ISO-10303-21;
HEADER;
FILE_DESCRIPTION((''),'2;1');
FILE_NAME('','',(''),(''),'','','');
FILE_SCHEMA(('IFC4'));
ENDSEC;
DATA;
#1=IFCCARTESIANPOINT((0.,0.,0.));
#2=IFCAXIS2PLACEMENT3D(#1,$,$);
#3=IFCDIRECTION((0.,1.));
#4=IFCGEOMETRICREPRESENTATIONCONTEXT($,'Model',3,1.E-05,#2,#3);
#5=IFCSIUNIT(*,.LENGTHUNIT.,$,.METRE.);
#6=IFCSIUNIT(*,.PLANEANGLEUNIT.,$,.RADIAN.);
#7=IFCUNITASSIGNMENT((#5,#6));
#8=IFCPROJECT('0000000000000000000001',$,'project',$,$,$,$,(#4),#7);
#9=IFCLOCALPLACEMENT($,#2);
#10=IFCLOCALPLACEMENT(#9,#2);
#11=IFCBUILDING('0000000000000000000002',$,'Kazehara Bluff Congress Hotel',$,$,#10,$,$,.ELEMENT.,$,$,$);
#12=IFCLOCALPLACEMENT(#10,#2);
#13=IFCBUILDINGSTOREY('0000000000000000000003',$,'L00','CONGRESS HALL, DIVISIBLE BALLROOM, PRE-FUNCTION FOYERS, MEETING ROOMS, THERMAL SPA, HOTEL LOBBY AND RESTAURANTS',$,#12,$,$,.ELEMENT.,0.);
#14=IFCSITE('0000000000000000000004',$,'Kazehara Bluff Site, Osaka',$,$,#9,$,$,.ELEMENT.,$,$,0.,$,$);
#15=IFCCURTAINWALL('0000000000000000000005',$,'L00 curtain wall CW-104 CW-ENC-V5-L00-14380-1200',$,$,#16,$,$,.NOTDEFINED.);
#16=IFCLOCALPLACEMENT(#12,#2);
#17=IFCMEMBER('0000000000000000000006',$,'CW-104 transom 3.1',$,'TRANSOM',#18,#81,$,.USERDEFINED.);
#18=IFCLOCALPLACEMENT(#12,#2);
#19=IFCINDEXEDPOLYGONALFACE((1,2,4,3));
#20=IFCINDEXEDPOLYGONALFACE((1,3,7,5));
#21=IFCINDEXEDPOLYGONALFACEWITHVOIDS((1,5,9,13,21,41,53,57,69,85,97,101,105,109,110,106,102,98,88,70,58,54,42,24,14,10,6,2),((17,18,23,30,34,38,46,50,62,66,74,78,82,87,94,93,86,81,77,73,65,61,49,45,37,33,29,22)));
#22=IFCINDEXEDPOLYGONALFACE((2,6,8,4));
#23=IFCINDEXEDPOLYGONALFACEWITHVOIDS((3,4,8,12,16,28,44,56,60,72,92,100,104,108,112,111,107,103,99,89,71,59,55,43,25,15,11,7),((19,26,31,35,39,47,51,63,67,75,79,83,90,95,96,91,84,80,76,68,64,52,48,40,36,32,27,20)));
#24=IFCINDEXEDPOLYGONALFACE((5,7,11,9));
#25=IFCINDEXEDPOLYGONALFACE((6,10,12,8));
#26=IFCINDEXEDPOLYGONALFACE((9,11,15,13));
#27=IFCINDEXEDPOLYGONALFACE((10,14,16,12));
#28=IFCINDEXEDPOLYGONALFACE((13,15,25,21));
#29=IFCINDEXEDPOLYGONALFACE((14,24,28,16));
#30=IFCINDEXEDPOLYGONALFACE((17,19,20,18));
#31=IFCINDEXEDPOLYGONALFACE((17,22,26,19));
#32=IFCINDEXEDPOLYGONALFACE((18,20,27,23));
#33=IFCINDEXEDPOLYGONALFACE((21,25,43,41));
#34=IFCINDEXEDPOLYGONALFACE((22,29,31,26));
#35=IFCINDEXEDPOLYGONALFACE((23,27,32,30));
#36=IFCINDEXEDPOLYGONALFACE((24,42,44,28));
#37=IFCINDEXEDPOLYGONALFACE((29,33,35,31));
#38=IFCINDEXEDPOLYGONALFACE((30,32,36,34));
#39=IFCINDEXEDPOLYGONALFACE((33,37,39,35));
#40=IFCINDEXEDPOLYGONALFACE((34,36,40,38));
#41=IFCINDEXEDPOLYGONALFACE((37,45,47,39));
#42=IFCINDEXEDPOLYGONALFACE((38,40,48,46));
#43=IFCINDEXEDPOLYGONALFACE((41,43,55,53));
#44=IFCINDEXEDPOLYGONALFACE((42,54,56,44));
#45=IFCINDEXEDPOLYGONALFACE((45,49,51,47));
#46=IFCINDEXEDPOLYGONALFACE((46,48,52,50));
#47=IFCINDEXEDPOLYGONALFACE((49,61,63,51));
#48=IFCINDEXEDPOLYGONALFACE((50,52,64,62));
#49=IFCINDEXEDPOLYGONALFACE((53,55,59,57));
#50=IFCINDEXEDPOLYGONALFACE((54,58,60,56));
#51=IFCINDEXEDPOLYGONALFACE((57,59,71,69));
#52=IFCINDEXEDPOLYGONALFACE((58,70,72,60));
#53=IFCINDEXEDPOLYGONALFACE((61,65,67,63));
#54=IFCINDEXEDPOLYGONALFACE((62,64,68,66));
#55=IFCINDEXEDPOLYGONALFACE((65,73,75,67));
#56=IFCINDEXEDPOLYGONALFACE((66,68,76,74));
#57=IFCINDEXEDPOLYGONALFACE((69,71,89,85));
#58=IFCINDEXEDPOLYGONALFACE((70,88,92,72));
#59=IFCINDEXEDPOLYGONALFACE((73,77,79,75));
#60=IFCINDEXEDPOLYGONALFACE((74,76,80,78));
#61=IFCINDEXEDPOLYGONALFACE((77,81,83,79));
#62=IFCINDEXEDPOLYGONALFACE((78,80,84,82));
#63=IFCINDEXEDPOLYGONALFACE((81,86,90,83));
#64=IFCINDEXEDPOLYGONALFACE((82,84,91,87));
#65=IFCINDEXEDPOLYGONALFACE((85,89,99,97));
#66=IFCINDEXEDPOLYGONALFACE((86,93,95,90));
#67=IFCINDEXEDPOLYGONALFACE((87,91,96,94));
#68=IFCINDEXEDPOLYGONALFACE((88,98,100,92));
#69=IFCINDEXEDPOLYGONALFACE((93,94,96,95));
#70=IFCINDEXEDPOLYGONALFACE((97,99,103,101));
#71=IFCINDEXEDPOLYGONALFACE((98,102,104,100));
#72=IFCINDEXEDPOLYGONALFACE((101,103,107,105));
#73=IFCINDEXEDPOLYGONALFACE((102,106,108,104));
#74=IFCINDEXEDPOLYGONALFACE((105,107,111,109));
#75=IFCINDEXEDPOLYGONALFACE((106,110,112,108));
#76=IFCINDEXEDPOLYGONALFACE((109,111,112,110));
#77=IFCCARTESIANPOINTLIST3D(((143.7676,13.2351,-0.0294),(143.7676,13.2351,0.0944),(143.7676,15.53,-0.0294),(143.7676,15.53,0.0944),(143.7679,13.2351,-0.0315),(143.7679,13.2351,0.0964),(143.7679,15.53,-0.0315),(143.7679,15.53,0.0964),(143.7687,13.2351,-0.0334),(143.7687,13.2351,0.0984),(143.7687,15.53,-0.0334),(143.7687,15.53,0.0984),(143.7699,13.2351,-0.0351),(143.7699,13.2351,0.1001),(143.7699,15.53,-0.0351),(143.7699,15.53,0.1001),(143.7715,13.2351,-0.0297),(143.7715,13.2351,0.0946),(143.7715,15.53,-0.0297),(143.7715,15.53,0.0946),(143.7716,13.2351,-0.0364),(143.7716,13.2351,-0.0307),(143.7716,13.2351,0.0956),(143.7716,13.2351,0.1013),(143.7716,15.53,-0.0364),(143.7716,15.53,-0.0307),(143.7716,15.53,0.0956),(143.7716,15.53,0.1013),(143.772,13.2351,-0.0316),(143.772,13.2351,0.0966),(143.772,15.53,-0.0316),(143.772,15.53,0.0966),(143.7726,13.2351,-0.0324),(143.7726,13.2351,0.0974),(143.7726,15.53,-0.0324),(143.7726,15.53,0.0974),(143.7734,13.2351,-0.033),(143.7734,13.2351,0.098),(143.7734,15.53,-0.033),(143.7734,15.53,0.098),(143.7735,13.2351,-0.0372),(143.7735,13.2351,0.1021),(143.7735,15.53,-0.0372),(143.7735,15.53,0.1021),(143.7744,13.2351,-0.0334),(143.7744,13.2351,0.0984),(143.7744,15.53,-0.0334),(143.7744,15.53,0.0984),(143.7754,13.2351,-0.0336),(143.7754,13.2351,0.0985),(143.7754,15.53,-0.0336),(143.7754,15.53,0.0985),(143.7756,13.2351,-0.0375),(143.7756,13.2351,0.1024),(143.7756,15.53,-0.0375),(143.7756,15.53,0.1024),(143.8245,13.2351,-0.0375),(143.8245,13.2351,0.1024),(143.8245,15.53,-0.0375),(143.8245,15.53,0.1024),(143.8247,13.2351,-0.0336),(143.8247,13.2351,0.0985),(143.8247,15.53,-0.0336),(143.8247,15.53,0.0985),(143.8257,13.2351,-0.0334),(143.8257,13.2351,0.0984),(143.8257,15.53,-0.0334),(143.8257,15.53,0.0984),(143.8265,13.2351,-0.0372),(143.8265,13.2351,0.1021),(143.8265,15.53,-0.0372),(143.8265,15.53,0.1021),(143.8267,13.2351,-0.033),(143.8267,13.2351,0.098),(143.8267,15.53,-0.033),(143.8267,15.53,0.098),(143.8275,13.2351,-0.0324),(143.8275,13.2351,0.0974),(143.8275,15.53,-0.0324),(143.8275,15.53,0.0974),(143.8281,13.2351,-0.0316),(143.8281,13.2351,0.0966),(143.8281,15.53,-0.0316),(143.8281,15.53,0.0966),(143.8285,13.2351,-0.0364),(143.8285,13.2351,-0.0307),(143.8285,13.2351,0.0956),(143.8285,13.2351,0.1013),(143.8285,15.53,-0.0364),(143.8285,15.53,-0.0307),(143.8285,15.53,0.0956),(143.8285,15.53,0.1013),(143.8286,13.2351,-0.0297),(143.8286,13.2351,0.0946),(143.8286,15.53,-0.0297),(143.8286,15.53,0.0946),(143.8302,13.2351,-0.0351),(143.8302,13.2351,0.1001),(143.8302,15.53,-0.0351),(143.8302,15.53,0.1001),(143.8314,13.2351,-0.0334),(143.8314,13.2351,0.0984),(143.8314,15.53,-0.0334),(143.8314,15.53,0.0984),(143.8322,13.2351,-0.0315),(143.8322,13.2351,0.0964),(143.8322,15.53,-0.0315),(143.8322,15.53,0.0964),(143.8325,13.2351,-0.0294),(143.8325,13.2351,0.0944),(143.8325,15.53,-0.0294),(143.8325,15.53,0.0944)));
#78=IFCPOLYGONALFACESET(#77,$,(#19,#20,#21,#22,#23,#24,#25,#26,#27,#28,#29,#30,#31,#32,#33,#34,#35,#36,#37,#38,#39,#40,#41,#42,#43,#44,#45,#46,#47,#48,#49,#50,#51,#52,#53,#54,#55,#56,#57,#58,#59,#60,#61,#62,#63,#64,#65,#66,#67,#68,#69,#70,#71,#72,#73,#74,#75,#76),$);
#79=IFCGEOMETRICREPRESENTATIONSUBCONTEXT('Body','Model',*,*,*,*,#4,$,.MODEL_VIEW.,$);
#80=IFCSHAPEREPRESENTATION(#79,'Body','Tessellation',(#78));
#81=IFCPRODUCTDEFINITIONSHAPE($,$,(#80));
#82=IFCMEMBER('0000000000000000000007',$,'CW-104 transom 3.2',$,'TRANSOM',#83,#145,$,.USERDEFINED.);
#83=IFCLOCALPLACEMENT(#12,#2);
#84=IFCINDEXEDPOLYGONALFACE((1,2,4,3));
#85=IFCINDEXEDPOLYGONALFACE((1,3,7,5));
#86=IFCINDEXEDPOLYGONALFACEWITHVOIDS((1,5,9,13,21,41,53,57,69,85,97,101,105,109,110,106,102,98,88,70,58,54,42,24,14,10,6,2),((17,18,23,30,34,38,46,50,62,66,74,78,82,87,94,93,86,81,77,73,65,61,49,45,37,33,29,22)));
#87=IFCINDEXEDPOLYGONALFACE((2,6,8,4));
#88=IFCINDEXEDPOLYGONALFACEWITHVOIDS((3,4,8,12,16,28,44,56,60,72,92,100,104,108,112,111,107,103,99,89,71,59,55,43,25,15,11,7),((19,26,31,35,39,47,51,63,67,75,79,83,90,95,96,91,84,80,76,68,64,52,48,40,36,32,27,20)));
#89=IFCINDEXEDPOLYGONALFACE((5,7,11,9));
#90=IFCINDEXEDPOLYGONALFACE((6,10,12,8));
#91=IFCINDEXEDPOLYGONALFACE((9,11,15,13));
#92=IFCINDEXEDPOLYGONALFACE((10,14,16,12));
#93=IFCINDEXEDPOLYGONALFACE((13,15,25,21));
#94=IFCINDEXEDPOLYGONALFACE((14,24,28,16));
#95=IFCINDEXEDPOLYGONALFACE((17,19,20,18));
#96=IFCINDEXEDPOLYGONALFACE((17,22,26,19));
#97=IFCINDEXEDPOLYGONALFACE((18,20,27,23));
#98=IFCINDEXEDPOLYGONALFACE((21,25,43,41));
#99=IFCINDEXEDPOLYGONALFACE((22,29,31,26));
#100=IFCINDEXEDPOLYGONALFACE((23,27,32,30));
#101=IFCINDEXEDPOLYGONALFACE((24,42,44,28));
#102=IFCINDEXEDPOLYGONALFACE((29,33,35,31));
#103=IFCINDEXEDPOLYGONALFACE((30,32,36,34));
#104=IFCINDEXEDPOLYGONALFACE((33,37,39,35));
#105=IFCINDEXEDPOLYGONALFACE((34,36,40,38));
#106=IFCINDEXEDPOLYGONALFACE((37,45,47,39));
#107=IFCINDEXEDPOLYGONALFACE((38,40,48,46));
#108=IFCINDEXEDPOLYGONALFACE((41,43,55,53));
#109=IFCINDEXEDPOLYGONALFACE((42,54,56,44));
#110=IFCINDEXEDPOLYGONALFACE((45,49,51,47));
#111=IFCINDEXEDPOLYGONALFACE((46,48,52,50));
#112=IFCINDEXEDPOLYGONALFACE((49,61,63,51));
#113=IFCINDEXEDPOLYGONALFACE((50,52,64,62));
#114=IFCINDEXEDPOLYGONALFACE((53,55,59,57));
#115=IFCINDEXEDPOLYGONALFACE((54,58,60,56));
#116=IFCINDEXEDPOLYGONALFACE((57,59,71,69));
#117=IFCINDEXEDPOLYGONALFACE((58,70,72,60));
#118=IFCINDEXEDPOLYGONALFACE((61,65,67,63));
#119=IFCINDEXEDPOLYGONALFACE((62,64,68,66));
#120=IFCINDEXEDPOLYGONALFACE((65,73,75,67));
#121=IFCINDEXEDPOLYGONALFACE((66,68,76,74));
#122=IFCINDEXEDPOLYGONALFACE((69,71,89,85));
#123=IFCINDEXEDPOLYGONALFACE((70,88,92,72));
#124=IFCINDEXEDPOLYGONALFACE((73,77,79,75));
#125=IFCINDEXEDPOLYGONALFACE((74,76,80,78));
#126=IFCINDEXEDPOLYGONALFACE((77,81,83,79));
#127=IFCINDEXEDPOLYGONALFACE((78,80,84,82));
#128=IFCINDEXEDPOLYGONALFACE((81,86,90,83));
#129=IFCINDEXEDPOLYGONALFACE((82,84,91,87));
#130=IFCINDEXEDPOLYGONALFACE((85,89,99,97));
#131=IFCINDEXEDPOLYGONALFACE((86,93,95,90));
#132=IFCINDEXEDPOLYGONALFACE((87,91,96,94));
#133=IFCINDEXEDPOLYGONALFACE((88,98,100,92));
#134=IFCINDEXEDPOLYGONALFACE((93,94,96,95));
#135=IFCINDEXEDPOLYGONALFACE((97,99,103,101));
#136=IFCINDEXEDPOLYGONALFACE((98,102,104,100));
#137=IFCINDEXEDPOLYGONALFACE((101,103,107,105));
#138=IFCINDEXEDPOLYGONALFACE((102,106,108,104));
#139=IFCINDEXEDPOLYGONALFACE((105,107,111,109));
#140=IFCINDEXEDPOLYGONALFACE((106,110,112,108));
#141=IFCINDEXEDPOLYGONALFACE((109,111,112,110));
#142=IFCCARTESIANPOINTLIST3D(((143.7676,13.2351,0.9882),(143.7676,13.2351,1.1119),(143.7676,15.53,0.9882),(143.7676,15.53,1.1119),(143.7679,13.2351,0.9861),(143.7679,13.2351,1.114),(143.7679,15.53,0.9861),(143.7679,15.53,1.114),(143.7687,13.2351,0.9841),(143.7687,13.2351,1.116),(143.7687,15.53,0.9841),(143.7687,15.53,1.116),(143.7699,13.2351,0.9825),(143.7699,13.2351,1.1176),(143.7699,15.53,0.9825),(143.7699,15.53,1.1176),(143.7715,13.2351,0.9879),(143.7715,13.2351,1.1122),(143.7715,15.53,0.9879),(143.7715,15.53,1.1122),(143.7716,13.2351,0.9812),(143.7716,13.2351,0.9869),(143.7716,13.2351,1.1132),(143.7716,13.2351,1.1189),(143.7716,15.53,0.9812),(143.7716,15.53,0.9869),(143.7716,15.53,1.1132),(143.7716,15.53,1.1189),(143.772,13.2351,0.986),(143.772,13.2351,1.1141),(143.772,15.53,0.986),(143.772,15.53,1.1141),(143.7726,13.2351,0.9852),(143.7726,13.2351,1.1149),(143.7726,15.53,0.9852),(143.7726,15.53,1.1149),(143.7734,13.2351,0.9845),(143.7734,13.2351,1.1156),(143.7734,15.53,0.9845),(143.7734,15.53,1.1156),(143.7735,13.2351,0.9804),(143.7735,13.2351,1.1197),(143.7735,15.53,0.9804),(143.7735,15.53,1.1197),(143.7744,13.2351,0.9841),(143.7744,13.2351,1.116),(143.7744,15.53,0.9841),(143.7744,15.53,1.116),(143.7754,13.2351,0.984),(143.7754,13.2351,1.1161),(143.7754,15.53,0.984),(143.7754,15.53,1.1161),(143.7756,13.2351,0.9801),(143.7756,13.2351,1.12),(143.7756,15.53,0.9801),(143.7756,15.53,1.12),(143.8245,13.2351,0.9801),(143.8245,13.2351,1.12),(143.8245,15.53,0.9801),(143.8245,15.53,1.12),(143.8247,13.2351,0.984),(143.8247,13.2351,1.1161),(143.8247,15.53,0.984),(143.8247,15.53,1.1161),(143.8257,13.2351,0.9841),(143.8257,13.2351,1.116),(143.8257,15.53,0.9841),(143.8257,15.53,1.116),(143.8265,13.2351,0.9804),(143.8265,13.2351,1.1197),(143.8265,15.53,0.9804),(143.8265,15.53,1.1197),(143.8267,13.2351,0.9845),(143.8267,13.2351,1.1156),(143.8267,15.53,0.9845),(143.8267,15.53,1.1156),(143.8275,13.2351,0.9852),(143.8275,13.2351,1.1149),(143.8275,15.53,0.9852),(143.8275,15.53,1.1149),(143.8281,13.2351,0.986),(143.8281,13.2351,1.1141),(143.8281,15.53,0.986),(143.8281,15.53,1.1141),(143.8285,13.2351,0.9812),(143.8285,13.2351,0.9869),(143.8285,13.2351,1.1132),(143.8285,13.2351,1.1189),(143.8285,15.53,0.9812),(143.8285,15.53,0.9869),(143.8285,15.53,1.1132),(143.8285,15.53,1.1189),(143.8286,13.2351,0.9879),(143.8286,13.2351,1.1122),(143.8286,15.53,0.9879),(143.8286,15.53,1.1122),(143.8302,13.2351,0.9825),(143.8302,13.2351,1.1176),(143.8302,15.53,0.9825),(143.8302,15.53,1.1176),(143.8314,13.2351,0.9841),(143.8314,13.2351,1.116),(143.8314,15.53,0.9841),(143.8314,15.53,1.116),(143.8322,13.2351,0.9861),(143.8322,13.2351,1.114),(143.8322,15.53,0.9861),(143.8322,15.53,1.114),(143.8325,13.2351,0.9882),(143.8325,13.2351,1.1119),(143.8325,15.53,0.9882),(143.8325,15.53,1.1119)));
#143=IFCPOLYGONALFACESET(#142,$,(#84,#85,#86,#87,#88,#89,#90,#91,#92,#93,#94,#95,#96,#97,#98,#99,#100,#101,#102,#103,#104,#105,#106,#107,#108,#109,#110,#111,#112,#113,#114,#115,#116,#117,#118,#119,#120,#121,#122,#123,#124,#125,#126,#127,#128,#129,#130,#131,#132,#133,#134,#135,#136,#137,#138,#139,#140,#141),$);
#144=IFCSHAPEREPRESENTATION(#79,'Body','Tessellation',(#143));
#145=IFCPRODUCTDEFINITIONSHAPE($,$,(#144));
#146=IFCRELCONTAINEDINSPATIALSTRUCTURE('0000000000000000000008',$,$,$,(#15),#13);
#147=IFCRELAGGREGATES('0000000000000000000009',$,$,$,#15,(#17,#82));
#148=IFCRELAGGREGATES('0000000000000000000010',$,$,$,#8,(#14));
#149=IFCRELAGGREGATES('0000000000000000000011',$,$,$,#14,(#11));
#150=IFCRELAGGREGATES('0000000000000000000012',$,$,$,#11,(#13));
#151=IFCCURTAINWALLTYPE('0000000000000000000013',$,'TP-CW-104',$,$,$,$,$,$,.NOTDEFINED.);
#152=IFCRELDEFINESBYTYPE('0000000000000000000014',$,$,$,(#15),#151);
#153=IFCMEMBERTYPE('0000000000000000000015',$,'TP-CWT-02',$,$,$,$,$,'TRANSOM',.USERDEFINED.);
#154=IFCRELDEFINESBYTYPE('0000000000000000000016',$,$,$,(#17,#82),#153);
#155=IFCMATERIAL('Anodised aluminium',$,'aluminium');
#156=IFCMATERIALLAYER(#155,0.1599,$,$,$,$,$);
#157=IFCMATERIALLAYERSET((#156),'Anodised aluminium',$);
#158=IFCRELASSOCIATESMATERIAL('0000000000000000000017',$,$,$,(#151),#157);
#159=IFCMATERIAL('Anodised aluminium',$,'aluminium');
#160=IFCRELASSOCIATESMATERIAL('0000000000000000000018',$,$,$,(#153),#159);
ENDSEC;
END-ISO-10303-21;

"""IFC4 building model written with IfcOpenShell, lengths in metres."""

from ifc_helpers import new_model, si_unit, direction, frame, origin, origin_2d, place, context, subcontext, project, spatial, hollow_rectangle, extrude, material, layer, layer_set, material_profile, profile_set, type_object, element, aggregate, save


model = new_model("IFC4")

# Units and contexts
model_context = context("Model", 3, precision=1e-05, world=origin(), true_north=direction((0.0, 1.0)))
body_context = subcontext(model_context, "Body", "Model", "MODEL_VIEW")
ifc_project = project(units=[si_unit("LENGTHUNIT", "METRE"), si_unit("PLANEANGLEUNIT", "RADIAN")], contexts=[model_context])

# Site, building, storey
site_placement = place(None, origin())
site = spatial("IfcSite", under=ifc_project, at=site_placement, Name="Kazehara Bluff Site, Osaka", CompositionType="ELEMENT", RefElevation=0.0)
building_placement = place(site_placement, origin())
building = spatial("IfcBuilding", under=site, at=building_placement, Name="Kazehara Bluff Congress Hotel", CompositionType="ELEMENT")
storey_placement = place(building_placement, origin())
storey = spatial("IfcBuildingStorey", under=building, at=storey_placement, Name="L00", Description="CONGRESS HALL, DIVISIBLE BALLROOM, PRE-FUNCTION FOYERS, MEETING ROOMS, THERMAL SPA, HOTEL LOBBY AND RESTAURANTS", CompositionType="ELEMENT", Elevation=0.0)

# Curtain wall, members
ifc_material_1 = material(Name="Anodised aluminium", Category="aluminium")
ifc_layer_1 = layer(ifc_material_1, 0.1599)
ifc_layer_set_1 = layer_set([ifc_layer_1], Name="Anodised aluminium")
curtain_wall_type = type_object("IfcCurtainWallType", Name="TP-CW-104", PredefinedType="NOTDEFINED", material=ifc_layer_set_1)
curtain_wall_placement = place(storey_placement, origin())
curtain_wall = element("IfcCurtainWall", 1, at=curtain_wall_placement, inside=storey, type_object=curtain_wall_type, Name="L00 curtain wall CW-104 CW-ENC-V5-L00-14380-1200", PredefinedType="NOTDEFINED")
ifc_material_2 = material(Name="Anodised aluminium", Category="aluminium")
ifc_material_profile_1 = material_profile(ifc_material_2, hollow_rectangle(XDim=0.0649, YDim=0.1399, WallThickness=0.0039, InnerFilletRadius=0.0039, OuterFilletRadius=0.0081, at=origin_2d()))
ifc_profile_set_1 = profile_set([ifc_material_profile_1], Name="Anodised aluminium")
member_type_1 = type_object("IfcMemberType", Name="TP-CWT-02", ElementType="TRANSOM", PredefinedType="USERDEFINED", material=ifc_profile_set_1)
member_1_placement = place(storey_placement, frame((143.8, 13.2351, 0.0325), z_axis=(0.0, 1.0, 0.0), x_axis=(-1.0, 0.0, 0.0)))
member_1 = element("IfcMember", 2, at=member_1_placement, type_object=member_type_1, Name="CW-104 transom 3.1", ObjectType="TRANSOM", PredefinedType="USERDEFINED", context=body_context, shape_type="SweptSolid", body=[
    extrude(hollow_rectangle(XDim=0.0649, YDim=0.1399, WallThickness=0.0039, InnerFilletRadius=0.0039, OuterFilletRadius=0.0081, at=origin_2d()), origin(), (0.0, 0.0, 1.0), 2.2949),
])
member_2_placement = place(storey_placement, frame((143.8, 13.2351, 1.05), z_axis=(0.0, 1.0, 0.0), x_axis=(-1.0, 0.0, 0.0)))
member_2 = element("IfcMember", 3, at=member_2_placement, type_object=member_type_1, Name="CW-104 transom 3.2", ObjectType="TRANSOM", PredefinedType="USERDEFINED", context=body_context, shape_type="SweptSolid", body=[
    extrude(hollow_rectangle(XDim=0.0649, YDim=0.1399, WallThickness=0.0039, InnerFilletRadius=0.0039, OuterFilletRadius=0.0081, at=origin_2d()), origin(), (0.0, 0.0, 1.0), 2.2949),
])

aggregate(curtain_wall, [member_1, member_2])

save(model, "model.ifc")
